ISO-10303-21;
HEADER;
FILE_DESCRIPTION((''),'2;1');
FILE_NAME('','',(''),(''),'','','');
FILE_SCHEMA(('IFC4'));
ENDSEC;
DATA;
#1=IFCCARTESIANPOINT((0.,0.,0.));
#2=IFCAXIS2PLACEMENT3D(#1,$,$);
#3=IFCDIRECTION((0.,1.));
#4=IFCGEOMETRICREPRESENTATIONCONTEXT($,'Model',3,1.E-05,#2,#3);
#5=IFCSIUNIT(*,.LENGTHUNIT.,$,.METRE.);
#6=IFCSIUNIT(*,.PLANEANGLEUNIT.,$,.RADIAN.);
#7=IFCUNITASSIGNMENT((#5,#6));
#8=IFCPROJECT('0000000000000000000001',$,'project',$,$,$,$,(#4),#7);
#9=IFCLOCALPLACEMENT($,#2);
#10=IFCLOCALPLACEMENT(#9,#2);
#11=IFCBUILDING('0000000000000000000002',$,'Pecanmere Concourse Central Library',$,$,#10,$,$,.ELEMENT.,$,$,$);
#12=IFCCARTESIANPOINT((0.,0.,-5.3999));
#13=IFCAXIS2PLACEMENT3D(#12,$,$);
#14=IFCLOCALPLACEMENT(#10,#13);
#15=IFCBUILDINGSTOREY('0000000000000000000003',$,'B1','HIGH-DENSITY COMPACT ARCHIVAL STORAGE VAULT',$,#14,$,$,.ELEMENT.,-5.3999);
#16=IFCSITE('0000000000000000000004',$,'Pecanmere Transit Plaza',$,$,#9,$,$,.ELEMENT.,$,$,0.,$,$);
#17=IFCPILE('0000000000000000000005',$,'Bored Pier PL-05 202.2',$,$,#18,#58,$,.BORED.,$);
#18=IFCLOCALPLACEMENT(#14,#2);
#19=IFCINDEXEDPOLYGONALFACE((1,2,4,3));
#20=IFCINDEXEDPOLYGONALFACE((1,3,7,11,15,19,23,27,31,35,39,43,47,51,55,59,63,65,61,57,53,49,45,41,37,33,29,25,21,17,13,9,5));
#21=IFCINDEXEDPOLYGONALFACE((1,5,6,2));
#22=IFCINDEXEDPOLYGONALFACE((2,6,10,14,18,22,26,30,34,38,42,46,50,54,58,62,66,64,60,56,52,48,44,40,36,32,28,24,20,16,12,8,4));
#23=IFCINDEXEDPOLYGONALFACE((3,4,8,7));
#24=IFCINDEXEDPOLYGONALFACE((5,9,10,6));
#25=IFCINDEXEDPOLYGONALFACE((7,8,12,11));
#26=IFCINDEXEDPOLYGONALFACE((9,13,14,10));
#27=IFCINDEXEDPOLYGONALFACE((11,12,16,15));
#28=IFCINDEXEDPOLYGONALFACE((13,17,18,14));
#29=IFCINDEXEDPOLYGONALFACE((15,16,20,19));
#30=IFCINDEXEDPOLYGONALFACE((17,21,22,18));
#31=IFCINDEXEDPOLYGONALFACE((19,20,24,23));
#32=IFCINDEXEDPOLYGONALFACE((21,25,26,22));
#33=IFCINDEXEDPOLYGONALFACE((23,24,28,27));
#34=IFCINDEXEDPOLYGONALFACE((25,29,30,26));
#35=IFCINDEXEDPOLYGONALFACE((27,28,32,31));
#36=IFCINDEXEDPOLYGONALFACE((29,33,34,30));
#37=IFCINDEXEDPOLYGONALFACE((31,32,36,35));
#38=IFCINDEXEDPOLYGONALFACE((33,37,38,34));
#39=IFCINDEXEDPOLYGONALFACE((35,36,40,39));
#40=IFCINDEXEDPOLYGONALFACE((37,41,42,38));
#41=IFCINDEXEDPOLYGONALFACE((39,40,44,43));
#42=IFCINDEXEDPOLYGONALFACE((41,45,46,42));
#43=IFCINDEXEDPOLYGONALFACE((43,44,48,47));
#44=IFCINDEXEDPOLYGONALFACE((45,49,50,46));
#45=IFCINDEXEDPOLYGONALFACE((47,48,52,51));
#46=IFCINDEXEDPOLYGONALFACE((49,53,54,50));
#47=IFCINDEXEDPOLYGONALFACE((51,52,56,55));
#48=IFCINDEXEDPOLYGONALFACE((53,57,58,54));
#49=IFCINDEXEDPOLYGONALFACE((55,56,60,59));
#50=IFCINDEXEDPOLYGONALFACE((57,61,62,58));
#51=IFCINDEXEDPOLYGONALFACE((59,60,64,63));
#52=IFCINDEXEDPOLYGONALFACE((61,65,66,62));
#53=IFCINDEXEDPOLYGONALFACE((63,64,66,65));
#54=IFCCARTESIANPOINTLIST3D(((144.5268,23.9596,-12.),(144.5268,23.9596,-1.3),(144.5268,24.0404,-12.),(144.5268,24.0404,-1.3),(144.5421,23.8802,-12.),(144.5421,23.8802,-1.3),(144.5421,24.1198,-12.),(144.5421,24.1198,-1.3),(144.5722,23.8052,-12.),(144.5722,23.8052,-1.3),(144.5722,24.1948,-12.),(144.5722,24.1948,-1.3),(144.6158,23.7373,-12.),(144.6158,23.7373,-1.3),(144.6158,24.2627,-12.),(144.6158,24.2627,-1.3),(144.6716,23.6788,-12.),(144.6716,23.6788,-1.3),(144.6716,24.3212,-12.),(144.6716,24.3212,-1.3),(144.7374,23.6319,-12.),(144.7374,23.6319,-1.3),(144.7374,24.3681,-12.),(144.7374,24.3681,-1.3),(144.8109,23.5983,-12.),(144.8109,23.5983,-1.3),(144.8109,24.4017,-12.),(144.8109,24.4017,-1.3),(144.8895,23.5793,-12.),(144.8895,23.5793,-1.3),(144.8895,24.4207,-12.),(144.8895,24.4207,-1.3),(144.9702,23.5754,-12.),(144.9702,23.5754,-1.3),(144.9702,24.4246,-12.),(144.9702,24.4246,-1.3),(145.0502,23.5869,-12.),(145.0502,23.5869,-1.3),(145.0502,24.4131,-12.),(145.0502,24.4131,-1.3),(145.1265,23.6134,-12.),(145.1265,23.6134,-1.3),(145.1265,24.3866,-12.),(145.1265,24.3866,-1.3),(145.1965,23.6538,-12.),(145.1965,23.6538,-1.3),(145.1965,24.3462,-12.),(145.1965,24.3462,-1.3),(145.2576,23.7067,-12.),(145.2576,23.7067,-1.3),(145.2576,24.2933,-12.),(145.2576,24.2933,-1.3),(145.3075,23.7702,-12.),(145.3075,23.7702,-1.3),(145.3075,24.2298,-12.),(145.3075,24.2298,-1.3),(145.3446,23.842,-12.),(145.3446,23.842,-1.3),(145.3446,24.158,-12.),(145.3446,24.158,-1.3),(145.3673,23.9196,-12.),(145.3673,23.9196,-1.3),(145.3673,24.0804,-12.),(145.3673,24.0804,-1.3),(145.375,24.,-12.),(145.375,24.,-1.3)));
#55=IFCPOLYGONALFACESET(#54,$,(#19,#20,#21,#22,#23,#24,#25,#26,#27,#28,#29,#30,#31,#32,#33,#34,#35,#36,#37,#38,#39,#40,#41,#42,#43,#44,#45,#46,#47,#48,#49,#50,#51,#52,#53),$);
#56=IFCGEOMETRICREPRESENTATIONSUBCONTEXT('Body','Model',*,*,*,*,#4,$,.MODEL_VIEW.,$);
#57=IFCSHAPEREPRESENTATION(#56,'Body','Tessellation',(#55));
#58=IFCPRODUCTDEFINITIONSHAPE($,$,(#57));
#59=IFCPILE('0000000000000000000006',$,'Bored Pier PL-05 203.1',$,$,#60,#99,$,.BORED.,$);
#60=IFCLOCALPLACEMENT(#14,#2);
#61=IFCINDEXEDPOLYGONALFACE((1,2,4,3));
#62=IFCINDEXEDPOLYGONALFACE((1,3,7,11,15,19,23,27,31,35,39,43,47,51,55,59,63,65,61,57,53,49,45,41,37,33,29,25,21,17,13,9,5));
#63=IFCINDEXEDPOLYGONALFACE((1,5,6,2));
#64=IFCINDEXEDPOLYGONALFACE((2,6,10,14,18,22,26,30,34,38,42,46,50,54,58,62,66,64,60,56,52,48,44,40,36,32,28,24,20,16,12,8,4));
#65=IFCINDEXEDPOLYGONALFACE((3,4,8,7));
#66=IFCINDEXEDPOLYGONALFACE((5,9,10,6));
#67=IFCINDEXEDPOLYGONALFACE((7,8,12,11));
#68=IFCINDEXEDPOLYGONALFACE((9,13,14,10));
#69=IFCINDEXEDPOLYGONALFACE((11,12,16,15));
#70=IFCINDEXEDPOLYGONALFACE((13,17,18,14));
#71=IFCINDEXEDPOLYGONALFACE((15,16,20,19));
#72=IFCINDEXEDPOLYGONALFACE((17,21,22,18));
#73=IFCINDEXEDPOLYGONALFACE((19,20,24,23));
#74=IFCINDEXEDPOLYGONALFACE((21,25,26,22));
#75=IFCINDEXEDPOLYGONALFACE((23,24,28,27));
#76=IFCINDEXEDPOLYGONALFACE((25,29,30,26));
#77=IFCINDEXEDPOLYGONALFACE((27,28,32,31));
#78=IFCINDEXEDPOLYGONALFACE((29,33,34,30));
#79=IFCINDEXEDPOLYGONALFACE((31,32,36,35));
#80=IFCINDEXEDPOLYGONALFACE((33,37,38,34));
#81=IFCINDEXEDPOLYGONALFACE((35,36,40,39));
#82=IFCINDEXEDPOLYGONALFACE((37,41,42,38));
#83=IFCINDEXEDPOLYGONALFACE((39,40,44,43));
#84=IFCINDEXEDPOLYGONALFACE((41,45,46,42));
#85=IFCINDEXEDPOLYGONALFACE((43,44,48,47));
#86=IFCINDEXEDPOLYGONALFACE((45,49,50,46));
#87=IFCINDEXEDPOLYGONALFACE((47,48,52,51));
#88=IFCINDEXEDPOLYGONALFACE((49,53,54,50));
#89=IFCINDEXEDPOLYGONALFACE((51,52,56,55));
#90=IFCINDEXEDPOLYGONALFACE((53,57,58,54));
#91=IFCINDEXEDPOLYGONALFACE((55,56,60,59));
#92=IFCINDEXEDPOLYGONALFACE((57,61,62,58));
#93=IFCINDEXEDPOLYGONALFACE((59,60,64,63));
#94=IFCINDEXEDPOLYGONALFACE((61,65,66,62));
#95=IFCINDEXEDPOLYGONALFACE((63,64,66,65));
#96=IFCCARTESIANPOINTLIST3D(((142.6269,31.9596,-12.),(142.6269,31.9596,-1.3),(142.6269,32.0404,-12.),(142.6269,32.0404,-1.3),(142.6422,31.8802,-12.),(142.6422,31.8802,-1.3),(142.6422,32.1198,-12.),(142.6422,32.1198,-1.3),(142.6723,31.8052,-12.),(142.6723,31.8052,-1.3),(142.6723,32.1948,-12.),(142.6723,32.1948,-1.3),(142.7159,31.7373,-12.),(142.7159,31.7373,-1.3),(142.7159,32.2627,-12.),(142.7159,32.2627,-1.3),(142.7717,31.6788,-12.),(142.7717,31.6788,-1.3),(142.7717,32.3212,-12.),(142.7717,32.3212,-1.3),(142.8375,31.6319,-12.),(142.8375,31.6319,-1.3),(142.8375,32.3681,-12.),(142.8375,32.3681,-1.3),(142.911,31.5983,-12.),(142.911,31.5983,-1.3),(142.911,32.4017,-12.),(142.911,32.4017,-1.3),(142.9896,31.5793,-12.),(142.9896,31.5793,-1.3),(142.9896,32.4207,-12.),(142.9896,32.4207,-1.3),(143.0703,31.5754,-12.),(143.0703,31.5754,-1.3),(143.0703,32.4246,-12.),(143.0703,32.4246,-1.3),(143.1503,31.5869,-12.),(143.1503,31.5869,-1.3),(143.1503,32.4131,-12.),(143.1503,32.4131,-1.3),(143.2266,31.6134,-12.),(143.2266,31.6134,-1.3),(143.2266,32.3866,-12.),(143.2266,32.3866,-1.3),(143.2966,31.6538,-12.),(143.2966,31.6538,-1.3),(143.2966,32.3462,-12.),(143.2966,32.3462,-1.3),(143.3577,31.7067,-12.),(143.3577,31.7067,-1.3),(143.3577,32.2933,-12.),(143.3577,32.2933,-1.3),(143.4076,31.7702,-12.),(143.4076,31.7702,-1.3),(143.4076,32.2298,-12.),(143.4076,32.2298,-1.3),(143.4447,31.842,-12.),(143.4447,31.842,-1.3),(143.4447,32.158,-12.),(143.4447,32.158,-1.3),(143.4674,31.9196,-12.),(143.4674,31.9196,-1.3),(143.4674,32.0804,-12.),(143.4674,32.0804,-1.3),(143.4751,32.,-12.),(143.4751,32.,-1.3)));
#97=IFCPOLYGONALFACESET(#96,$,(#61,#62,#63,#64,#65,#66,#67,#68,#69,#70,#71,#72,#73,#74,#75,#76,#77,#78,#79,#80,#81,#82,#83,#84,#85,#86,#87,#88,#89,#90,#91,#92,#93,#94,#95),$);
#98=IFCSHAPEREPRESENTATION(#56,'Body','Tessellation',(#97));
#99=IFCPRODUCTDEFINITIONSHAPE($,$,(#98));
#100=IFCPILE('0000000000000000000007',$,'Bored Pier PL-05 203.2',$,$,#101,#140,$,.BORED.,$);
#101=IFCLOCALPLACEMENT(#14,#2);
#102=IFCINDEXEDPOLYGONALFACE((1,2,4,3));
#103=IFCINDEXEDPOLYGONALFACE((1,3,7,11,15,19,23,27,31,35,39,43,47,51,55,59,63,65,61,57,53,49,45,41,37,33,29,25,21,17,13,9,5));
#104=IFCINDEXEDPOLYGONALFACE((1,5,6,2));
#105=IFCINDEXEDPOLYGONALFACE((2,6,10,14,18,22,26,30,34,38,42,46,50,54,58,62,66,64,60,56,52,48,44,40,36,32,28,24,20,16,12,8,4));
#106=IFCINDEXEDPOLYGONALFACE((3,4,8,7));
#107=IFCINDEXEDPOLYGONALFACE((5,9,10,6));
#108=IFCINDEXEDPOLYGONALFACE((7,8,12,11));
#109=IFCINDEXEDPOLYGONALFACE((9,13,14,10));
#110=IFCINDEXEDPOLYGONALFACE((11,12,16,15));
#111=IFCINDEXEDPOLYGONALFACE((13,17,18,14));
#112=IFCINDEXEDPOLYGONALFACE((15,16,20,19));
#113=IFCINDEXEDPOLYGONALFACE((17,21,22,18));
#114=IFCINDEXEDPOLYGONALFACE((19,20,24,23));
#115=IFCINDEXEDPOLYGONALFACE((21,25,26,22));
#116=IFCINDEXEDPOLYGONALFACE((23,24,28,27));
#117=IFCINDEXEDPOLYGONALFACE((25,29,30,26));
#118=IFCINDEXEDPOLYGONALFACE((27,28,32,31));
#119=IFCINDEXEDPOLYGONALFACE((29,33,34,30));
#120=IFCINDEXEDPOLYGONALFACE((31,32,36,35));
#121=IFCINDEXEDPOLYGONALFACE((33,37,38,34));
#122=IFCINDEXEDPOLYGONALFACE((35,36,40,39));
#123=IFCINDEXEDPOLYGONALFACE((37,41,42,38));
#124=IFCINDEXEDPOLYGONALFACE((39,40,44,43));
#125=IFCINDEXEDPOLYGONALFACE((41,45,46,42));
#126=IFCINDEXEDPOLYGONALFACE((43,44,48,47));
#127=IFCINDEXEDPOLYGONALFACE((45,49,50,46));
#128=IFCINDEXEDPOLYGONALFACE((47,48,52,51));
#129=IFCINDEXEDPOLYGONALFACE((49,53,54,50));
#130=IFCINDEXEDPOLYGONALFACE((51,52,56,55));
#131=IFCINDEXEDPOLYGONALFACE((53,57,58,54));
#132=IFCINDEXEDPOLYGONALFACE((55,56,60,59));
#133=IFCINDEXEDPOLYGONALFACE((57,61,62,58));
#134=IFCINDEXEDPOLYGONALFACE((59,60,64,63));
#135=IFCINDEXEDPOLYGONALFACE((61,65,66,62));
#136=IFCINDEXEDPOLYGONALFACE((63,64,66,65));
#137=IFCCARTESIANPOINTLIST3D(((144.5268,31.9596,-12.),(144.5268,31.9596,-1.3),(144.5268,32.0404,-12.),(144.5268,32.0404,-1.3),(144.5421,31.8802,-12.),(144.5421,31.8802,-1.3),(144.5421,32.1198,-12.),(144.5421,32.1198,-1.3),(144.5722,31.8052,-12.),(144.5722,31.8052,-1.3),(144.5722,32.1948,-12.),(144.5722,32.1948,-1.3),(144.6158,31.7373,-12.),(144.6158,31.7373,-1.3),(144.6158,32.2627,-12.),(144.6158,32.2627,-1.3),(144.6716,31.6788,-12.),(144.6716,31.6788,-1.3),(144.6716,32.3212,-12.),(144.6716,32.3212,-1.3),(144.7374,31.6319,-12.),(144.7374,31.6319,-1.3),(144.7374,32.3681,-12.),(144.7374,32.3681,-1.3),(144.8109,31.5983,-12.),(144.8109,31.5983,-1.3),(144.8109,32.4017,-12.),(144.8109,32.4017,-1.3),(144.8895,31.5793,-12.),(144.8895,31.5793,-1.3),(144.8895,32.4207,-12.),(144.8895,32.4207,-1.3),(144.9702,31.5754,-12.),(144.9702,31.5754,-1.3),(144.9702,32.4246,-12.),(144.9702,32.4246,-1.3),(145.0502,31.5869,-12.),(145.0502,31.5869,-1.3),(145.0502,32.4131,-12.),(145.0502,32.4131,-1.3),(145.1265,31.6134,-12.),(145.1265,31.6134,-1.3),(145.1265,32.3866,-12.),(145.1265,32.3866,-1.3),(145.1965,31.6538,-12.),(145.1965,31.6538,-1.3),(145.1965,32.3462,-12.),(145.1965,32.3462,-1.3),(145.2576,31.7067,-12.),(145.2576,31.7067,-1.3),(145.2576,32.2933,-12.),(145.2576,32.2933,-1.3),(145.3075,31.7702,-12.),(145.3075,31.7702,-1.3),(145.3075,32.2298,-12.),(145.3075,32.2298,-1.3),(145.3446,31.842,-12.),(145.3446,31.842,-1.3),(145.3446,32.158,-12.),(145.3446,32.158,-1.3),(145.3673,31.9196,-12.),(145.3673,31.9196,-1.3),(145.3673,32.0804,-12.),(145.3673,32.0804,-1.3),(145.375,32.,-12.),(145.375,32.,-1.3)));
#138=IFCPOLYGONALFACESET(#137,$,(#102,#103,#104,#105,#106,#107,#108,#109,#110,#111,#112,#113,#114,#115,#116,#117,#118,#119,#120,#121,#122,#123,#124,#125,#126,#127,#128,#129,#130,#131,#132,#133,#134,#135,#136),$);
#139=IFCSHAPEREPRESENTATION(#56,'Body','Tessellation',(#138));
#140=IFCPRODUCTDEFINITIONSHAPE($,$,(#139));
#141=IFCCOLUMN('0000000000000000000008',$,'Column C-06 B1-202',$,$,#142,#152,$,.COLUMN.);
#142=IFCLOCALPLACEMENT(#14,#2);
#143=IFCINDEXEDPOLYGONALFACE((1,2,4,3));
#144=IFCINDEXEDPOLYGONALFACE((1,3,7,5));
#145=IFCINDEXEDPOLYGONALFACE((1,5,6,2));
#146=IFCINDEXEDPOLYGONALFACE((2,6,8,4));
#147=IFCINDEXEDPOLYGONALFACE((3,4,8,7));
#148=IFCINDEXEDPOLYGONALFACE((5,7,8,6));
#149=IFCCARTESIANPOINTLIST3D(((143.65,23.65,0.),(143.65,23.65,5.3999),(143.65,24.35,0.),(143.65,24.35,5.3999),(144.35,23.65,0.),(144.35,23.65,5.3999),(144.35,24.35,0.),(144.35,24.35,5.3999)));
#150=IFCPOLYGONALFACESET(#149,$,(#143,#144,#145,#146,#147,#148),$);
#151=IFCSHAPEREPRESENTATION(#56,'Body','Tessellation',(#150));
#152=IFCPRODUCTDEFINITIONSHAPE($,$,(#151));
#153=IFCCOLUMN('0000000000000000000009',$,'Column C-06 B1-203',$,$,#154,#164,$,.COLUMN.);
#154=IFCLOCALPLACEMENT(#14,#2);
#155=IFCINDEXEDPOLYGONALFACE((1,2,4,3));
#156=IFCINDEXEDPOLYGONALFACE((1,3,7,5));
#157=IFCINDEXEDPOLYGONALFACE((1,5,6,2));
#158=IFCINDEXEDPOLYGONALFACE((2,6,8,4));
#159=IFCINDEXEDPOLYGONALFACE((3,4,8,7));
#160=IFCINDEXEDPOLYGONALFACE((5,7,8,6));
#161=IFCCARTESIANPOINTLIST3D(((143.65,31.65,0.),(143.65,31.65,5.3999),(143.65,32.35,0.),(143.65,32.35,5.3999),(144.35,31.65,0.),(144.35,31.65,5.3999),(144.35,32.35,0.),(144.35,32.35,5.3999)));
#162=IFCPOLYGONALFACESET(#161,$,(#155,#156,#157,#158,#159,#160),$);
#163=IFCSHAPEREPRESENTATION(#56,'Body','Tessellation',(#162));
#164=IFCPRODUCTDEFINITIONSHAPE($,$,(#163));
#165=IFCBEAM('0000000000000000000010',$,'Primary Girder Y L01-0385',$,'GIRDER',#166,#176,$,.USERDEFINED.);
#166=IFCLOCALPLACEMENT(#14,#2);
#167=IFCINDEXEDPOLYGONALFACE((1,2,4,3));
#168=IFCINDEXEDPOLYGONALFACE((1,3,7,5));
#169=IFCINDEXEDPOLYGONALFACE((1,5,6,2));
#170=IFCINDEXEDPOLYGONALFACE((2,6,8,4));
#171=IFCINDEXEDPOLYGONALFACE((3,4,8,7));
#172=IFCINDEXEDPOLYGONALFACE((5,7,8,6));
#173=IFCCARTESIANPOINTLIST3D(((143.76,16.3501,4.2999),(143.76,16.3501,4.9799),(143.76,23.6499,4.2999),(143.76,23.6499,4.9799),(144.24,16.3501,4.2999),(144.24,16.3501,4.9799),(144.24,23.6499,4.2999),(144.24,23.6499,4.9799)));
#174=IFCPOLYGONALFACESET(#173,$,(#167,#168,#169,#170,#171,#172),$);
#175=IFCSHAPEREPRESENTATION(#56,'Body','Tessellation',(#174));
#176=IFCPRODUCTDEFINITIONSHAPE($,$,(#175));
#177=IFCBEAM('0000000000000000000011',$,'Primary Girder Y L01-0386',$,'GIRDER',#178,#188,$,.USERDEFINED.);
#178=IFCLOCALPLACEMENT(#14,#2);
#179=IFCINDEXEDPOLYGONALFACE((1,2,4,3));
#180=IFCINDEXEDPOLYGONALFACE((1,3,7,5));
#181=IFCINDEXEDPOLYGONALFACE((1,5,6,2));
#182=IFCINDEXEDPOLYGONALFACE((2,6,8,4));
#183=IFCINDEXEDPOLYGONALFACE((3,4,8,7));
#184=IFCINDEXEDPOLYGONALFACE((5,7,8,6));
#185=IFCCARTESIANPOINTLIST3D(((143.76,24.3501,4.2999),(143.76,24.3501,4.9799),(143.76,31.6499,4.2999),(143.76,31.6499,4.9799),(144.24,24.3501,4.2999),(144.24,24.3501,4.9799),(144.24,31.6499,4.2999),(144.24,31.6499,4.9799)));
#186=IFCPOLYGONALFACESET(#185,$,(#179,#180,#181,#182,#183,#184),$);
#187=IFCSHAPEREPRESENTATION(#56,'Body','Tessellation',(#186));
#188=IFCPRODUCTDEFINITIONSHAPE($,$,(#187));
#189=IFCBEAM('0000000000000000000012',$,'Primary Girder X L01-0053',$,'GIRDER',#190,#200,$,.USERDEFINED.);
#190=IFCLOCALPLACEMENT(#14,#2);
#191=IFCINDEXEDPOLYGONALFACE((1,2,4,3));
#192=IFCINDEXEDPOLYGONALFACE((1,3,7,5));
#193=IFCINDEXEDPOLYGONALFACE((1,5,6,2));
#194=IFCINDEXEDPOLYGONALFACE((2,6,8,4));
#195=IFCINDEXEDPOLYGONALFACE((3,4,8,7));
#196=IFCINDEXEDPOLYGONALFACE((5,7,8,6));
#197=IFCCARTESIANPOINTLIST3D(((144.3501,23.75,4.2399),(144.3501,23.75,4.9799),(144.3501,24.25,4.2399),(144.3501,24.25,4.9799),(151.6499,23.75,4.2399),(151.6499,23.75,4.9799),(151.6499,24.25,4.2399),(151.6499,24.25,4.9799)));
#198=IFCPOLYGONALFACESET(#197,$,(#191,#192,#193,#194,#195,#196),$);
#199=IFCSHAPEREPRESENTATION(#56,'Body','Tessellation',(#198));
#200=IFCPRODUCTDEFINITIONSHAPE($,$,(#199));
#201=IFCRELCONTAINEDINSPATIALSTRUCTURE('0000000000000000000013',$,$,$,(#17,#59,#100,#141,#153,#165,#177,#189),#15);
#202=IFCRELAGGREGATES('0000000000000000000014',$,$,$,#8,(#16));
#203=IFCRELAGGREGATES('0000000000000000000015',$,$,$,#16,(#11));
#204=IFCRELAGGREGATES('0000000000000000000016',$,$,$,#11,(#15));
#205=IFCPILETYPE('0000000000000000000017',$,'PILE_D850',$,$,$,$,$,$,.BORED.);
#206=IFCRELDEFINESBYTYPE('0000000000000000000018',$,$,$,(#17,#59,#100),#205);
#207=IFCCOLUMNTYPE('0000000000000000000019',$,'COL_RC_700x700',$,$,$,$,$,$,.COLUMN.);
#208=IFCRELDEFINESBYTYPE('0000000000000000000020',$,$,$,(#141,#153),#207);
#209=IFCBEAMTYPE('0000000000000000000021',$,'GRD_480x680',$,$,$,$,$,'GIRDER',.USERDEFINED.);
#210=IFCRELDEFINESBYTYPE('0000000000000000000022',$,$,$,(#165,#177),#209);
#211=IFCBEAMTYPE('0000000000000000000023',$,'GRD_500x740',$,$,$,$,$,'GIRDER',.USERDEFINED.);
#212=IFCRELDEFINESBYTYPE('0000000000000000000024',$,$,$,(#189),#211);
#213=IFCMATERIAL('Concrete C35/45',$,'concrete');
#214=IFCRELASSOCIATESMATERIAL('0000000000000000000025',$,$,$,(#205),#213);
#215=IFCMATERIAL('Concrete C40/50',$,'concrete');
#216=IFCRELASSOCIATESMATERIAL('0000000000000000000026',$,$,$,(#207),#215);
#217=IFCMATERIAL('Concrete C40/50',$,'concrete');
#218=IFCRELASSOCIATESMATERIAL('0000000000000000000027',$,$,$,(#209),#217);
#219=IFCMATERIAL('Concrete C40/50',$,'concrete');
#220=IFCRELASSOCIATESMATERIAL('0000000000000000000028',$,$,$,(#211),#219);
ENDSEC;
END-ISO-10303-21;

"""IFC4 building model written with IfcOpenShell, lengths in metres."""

from ifc_helpers import new_model, si_unit, direction, frame, origin, origin_2d, place, context, subcontext, project, spatial, rectangle, circle, extrude, material, material_profile, profile_set, type_object, element, save


model = new_model("IFC4")

# Units and contexts
model_context = context("Model", 3, precision=1e-05, world=origin(), true_north=direction((0.0, 1.0)))
body_context = subcontext(model_context, "Body", "Model", "MODEL_VIEW")
ifc_project = project(units=[si_unit("LENGTHUNIT", "METRE"), si_unit("PLANEANGLEUNIT", "RADIAN")], contexts=[model_context])

# Site, building, storey
site_placement = place(None, origin())
site = spatial("IfcSite", under=ifc_project, at=site_placement, Name="Pecanmere Transit Plaza", CompositionType="ELEMENT", RefElevation=0.0)
building_placement = place(site_placement, origin())
building = spatial("IfcBuilding", under=site, at=building_placement, Name="Pecanmere Concourse Central Library", CompositionType="ELEMENT")
storey_placement = place(building_placement, frame((0.0, 0.0, -5.3999)))
storey = spatial("IfcBuildingStorey", under=building, at=storey_placement, Name="B1", Description="HIGH-DENSITY COMPACT ARCHIVAL STORAGE VAULT", CompositionType="ELEMENT", Elevation=-5.3999)

# Piles
ifc_material_1 = material(Name="Concrete C35/45", Category="concrete")
ifc_material_profile_1 = material_profile(ifc_material_1, circle(Radius=0.425, at=origin_2d()), Name="PIER D850")
ifc_profile_set_1 = profile_set([ifc_material_profile_1], Name="Concrete C35/45")
pile_type = type_object("IfcPileType", Name="PILE_D850", PredefinedType="BORED", material=ifc_profile_set_1)
for number, where, z_axis, x_axis, name in (
    (1, (144.95, 24.0, -1.3), (0.0, 0.0, -1.0), (1.0, 0.0, 0.0), "Bored Pier PL-05 202.2"),
    (2, (143.05, 32.0, -1.3), (0.0, 0.0, -1.0), (1.0, 0.0, 0.0), "Bored Pier PL-05 203.1"),
    (3, (144.95, 32.0, -1.3), (0.0, 0.0, -1.0), (1.0, 0.0, 0.0), "Bored Pier PL-05 203.2"),
):
    element("IfcPile", number, at=place(storey_placement, frame(where, z_axis=z_axis, x_axis=x_axis)), inside=storey, type_object=pile_type, Name=name, PredefinedType="BORED", context=body_context, shape_type="SweptSolid", body=[
        extrude(circle(Radius=0.425, at=origin_2d()), origin(), (0.0, 0.0, 1.0), 10.7),
    ])

# Columns
ifc_material_2 = material(Name="Concrete C40/50", Category="concrete")
ifc_material_profile_2 = material_profile(ifc_material_2, rectangle(XDim=0.7, YDim=0.7, at=origin_2d()), Name="RC 700x700")
ifc_profile_set_2 = profile_set([ifc_material_profile_2], Name="Concrete C40/50")
column_type = type_object("IfcColumnType", Name="COL_RC_700x700", PredefinedType="COLUMN", material=ifc_profile_set_2)
for number, where, z_axis, x_axis, name in (
    (4, (144.0, 24.0, 0.0), (0.0, 0.0, 1.0), (1.0, 0.0, 0.0), "Column C-06 B1-202"),
    (5, (144.0, 32.0, 0.0), (0.0, 0.0, 1.0), (1.0, 0.0, 0.0), "Column C-06 B1-203"),
):
    element("IfcColumn", number, at=place(storey_placement, frame(where, z_axis=z_axis, x_axis=x_axis)), inside=storey, type_object=column_type, Name=name, PredefinedType="COLUMN", context=body_context, shape_type="SweptSolid", body=[
        extrude(rectangle(XDim=0.7, YDim=0.7, at=origin_2d()), origin(), (0.0, 0.0, 1.0), 5.3999),
    ])

# Beams
ifc_material_3 = material(Name="Concrete C40/50", Category="concrete")
ifc_material_profile_3 = material_profile(ifc_material_3, rectangle(XDim=0.48, YDim=0.6799, at=origin_2d()), Name="RC 480x680")
ifc_profile_set_3 = profile_set([ifc_material_profile_3], Name="Concrete C40/50")
beam_type_1 = type_object("IfcBeamType", Name="GRD_480x680", ElementType="GIRDER", PredefinedType="USERDEFINED", material=ifc_profile_set_3)
for number, where, z_axis, x_axis, name in (
    (6, (144.0, 16.3501, 4.6399), (0.0, 1.0, 0.0), (-1.0, 0.0, 0.0), "Primary Girder Y L01-0385"),
    (7, (144.0, 24.3501, 4.6399), (0.0, 1.0, 0.0), (-1.0, 0.0, 0.0), "Primary Girder Y L01-0386"),
):
    element("IfcBeam", number, at=place(storey_placement, frame(where, z_axis=z_axis, x_axis=x_axis)), inside=storey, type_object=beam_type_1, Name=name, ObjectType="GIRDER", PredefinedType="USERDEFINED", context=body_context, shape_type="SweptSolid", body=[
        extrude(rectangle(XDim=0.48, YDim=0.6799, at=origin_2d()), origin(), (0.0, 0.0, 1.0), 7.2998),
    ])
ifc_material_4 = material(Name="Concrete C40/50", Category="concrete")
ifc_material_profile_4 = material_profile(ifc_material_4, rectangle(XDim=0.5, YDim=0.74, at=origin_2d()), Name="RC 500x740")
ifc_profile_set_4 = profile_set([ifc_material_profile_4], Name="Concrete C40/50")
beam_type_2 = type_object("IfcBeamType", Name="GRD_500x740", ElementType="GIRDER", PredefinedType="USERDEFINED", material=ifc_profile_set_4)
for number, where, z_axis, x_axis, name in (
    (8, (144.3501, 24.0, 4.6099), (1.0, 0.0, 0.0), (0.0, 1.0, 0.0), "Primary Girder X L01-0053"),
):
    element("IfcBeam", number, at=place(storey_placement, frame(where, z_axis=z_axis, x_axis=x_axis)), inside=storey, type_object=beam_type_2, Name=name, ObjectType="GIRDER", PredefinedType="USERDEFINED", context=body_context, shape_type="SweptSolid", body=[
        extrude(rectangle(XDim=0.5, YDim=0.74, at=origin_2d()), origin(), (0.0, 0.0, 1.0), 7.2998),
    ])

save(model, "model.ifc")
